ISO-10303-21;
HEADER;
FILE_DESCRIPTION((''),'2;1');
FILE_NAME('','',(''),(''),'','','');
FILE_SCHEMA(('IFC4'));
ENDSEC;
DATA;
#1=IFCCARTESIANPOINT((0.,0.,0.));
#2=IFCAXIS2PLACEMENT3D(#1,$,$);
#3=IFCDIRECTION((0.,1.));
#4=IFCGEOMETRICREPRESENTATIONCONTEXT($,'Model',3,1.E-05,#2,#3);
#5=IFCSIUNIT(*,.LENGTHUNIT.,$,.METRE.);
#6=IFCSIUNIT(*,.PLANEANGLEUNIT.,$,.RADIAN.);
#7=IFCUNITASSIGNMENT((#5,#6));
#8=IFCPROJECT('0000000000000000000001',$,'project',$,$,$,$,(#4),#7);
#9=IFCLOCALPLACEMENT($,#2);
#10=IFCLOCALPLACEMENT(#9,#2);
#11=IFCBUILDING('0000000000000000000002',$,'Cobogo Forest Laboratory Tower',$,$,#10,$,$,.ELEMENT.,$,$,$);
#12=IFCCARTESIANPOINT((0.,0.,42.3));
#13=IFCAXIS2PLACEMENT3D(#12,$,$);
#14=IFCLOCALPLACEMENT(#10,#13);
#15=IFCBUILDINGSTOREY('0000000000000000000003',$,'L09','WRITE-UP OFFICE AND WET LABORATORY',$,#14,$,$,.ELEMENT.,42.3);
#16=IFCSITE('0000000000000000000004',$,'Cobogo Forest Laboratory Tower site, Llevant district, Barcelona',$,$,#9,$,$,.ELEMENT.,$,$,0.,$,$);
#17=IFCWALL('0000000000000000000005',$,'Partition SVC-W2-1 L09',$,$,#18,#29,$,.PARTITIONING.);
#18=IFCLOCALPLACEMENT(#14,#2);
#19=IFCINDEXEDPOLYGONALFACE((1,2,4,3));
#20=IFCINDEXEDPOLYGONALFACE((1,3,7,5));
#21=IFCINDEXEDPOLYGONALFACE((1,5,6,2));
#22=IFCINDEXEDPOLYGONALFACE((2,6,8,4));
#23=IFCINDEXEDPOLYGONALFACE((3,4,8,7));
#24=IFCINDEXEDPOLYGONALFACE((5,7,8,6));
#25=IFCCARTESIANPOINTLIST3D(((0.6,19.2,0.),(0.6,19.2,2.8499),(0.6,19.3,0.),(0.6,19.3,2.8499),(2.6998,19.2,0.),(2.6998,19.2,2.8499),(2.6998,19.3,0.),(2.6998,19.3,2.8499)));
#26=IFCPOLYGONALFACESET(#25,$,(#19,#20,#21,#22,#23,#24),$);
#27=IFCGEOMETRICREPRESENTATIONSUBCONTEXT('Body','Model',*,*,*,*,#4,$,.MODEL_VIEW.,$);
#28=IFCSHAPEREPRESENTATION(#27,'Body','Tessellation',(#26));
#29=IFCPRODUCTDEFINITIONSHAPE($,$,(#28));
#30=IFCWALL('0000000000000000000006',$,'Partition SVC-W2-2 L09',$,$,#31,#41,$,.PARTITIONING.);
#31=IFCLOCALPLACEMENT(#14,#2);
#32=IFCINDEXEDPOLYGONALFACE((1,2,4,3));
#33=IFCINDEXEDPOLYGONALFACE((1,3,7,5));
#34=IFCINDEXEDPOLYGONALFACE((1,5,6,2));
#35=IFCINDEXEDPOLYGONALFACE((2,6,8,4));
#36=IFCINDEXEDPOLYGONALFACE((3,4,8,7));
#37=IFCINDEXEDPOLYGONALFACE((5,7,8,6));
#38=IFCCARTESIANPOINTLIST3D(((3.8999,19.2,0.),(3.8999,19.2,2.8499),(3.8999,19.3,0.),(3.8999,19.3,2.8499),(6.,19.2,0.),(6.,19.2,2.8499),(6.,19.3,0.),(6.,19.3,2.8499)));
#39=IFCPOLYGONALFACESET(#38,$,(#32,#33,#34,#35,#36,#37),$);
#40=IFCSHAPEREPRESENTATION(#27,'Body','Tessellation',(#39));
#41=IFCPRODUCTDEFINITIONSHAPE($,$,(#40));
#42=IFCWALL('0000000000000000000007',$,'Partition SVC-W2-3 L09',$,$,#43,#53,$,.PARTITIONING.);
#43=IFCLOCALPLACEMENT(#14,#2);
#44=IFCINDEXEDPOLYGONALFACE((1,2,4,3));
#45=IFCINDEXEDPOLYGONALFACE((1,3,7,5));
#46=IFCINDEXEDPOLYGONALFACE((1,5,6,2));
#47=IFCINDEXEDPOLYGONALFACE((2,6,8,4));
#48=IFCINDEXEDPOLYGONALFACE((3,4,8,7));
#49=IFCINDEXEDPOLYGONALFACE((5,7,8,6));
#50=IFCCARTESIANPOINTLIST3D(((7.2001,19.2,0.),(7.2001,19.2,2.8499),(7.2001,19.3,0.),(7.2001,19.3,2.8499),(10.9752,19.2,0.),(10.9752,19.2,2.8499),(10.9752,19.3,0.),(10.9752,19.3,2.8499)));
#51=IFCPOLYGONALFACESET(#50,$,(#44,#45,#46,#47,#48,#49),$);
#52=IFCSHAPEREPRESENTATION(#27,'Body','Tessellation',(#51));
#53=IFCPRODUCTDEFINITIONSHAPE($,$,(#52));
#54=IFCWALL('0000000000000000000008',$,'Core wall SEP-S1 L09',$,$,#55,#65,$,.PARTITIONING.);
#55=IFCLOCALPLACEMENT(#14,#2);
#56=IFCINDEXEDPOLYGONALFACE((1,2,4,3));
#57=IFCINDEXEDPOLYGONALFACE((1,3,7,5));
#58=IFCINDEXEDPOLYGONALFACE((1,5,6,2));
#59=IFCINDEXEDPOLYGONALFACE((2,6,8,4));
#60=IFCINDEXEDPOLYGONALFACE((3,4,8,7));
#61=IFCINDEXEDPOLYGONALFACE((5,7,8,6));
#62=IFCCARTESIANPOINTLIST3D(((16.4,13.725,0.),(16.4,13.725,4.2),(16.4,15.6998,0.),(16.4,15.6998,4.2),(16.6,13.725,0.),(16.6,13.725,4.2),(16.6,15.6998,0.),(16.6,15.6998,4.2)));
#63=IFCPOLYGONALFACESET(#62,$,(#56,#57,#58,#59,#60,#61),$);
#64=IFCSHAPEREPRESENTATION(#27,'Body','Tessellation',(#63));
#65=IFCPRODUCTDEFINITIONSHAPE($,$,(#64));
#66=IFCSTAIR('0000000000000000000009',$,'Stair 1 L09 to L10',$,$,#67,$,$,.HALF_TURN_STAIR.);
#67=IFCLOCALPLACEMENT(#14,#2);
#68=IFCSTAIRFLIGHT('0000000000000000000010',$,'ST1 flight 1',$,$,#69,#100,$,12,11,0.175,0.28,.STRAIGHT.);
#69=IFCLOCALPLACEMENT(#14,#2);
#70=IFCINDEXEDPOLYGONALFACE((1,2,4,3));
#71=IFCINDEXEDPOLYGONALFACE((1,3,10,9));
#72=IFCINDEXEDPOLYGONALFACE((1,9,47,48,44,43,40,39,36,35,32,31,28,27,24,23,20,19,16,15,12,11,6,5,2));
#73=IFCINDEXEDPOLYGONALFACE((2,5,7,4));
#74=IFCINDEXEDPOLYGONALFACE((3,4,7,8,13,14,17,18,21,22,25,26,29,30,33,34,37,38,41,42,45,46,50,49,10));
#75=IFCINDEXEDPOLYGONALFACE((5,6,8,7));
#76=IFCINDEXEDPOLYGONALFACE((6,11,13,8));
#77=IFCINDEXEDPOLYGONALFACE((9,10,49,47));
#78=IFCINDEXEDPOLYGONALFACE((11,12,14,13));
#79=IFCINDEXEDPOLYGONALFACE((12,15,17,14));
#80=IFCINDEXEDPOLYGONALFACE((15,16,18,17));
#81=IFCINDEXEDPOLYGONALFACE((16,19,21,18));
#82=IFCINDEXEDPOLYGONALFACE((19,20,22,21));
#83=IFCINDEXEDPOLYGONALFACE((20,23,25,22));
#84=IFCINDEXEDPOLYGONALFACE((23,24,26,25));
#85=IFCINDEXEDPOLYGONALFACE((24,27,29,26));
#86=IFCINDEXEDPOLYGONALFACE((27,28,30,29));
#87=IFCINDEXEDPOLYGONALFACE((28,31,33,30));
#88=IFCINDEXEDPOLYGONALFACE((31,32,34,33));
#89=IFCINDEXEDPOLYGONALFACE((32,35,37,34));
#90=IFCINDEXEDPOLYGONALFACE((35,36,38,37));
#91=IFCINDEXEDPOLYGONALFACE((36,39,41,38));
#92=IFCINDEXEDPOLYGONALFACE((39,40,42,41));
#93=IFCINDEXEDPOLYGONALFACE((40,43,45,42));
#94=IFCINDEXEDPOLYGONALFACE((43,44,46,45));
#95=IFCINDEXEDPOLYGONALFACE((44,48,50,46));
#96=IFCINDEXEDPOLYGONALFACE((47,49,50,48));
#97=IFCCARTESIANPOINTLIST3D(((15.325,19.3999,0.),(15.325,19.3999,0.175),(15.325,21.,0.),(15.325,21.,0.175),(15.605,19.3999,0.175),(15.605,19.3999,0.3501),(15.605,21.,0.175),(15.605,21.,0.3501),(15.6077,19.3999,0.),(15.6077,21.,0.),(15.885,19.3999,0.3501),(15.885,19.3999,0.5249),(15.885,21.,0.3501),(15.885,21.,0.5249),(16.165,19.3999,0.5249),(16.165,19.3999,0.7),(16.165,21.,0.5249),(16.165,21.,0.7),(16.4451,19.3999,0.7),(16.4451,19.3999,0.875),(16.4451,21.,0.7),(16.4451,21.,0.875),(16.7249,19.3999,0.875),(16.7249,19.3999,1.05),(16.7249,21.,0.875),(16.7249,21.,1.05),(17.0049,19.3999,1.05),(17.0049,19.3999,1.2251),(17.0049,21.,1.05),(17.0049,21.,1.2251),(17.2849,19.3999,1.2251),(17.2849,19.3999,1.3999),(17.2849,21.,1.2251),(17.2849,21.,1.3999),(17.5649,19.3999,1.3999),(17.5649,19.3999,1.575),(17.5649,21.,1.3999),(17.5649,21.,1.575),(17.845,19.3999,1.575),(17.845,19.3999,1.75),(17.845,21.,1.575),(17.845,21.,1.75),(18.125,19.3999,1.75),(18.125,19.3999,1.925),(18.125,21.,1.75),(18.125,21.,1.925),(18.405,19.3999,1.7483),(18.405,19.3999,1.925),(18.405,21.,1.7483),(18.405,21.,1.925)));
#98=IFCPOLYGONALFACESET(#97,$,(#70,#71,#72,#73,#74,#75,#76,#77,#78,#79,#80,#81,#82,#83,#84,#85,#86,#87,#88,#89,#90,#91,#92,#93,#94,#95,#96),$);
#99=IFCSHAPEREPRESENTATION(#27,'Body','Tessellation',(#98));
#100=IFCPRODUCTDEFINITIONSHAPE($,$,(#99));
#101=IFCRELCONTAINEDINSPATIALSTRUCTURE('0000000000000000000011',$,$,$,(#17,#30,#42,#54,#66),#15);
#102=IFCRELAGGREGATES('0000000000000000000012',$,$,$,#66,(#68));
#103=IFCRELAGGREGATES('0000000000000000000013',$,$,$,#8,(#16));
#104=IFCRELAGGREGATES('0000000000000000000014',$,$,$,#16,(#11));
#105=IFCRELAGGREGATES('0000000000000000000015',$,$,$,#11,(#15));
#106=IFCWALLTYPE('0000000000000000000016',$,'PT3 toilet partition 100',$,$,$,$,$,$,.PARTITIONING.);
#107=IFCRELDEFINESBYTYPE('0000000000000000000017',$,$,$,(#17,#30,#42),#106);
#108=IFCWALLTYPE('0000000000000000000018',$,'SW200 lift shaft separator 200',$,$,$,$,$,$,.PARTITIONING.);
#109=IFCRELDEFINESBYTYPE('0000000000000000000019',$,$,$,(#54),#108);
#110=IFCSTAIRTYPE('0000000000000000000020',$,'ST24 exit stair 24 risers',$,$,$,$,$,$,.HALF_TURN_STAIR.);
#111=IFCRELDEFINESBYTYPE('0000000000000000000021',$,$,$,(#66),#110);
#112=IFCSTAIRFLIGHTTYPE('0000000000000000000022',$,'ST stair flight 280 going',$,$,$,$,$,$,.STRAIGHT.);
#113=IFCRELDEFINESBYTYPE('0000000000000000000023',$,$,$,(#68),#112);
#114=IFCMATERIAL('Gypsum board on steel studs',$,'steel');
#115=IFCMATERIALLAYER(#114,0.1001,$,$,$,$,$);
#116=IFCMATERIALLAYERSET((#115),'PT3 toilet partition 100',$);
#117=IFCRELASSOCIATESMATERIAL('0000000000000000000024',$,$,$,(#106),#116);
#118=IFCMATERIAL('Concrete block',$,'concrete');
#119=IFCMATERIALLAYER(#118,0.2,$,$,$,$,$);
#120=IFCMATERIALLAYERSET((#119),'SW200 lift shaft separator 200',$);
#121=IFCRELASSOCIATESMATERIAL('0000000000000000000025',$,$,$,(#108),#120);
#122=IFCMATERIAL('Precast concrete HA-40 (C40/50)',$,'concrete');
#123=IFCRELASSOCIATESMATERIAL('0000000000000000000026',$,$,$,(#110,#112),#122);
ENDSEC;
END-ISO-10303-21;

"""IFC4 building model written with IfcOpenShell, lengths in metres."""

from ifc_helpers import new_model, si_unit, direction, frame, frame_2d, origin, place, context, subcontext, project, spatial, polyline, rectangle, outline, extrude, material, layer, layer_set, type_object, element, aggregate, save


model = new_model("IFC4")

# Units and contexts
model_context = context("Model", 3, precision=1e-05, world=origin(), true_north=direction((0.0, 1.0)))
body_context = subcontext(model_context, "Body", "Model", "MODEL_VIEW")
ifc_project = project(units=[si_unit("LENGTHUNIT", "METRE"), si_unit("PLANEANGLEUNIT", "RADIAN")], contexts=[model_context])

# Site, building, storey
site_placement = place(None, origin())
site = spatial("IfcSite", under=ifc_project, at=site_placement, Name="Cobogo Forest Laboratory Tower site, Llevant district, Barcelona", CompositionType="ELEMENT", RefElevation=0.0)
building_placement = place(site_placement, origin())
building = spatial("IfcBuilding", under=site, at=building_placement, Name="Cobogo Forest Laboratory Tower", CompositionType="ELEMENT")
storey_placement = place(building_placement, frame((0.0, 0.0, 42.3)))
storey = spatial("IfcBuildingStorey", under=building, at=storey_placement, Name="L09", Description="WRITE-UP OFFICE AND WET LABORATORY", CompositionType="ELEMENT", Elevation=42.3)

# Walls
ifc_material_1 = material(Name="Gypsum board on steel studs", Category="steel")
ifc_layer_1 = layer(ifc_material_1, 0.1001)
ifc_layer_set_1 = layer_set([ifc_layer_1], Name="PT3 toilet partition 100")
wall_type_1 = type_object("IfcWallType", Name="PT3 toilet partition 100", PredefinedType="PARTITIONING", material=ifc_layer_set_1)
wall_1_placement = place(storey_placement, frame((0.6001, 19.25, 0.0), z_axis=(0.0, 0.0, 1.0), x_axis=(1.0, 0.0, 0.0)))
element("IfcWall", 1, at=wall_1_placement, inside=storey, type_object=wall_type_1, Name="Partition SVC-W2-1 L09", PredefinedType="PARTITIONING", context=body_context, shape_type="SweptSolid", body=[
    extrude(rectangle(XDim=2.0999, YDim=0.1001, at=frame_2d((1.0498, 0.0))), origin(), (0.0, 0.0, 1.0), 2.8499),
])
wall_2_placement = place(storey_placement, frame((3.8999, 19.25, 0.0), z_axis=(0.0, 0.0, 1.0), x_axis=(1.0, 0.0, 0.0)))
element("IfcWall", 2, at=wall_2_placement, inside=storey, type_object=wall_type_1, Name="Partition SVC-W2-2 L09", PredefinedType="PARTITIONING", context=body_context, shape_type="SweptSolid", body=[
    extrude(rectangle(XDim=2.1001, YDim=0.1001, at=frame_2d((1.05, 0.0))), origin(), (0.0, 0.0, 1.0), 2.8499),
])
wall_3_placement = place(storey_placement, frame((7.2, 19.25, 0.0), z_axis=(0.0, 0.0, 1.0), x_axis=(1.0, 0.0, 0.0)))
element("IfcWall", 3, at=wall_3_placement, inside=storey, type_object=wall_type_1, Name="Partition SVC-W2-3 L09", PredefinedType="PARTITIONING", context=body_context, shape_type="SweptSolid", body=[
    extrude(rectangle(XDim=3.7751, YDim=0.1001, at=frame_2d((1.8877, 0.0))), origin(), (0.0, 0.0, 1.0), 2.8499),
])
ifc_material_2 = material(Name="Concrete block", Category="concrete")
ifc_layer_2 = layer(ifc_material_2, 0.2)
ifc_layer_set_2 = layer_set([ifc_layer_2], Name="SW200 lift shaft separator 200")
wall_type_2 = type_object("IfcWallType", Name="SW200 lift shaft separator 200", PredefinedType="PARTITIONING", material=ifc_layer_set_2)
wall_4_placement = place(storey_placement, frame((16.5, 13.7251, 0.0), z_axis=(0.0, 0.0, 1.0), x_axis=(0.0, 1.0, 0.0)))
element("IfcWall", 4, at=wall_4_placement, inside=storey, type_object=wall_type_2, Name="Core wall SEP-S1 L09", PredefinedType="PARTITIONING", context=body_context, shape_type="SweptSolid", body=[
    extrude(rectangle(XDim=1.9749, YDim=0.2, at=frame_2d((0.9873, 0.0))), origin(), (0.0, 0.0, 1.0), 4.2),
])

# Stair, stair flight
ifc_material_3 = material(Name="Precast concrete HA-40 (C40/50)", Category="concrete")
stair_type = type_object("IfcStairType", Name="ST24 exit stair 24 risers", PredefinedType="HALF_TURN_STAIR", material=ifc_material_3)
stair_placement = place(storey_placement, origin())
stair = element("IfcStair", 5, at=stair_placement, inside=storey, type_object=stair_type, Name="Stair 1 L09 to L10", PredefinedType="HALF_TURN_STAIR")
stair_flight_type = type_object("IfcStairFlightType", Name="ST stair flight 280 going", PredefinedType="STRAIGHT", material=ifc_material_3)
stair_flight_placement = place(storey_placement, frame((15.325, 20.2, 0.0), z_axis=(0.0, 0.0, 1.0), x_axis=(1.0, 0.0, 0.0)))
stair_flight = element("IfcStairFlight", 6, at=stair_flight_placement, type_object=stair_flight_type, Name="ST1 flight 1", NumberOfRisers=12, NumberOfTreads=11, PredefinedType="STRAIGHT", RiserHeight=0.175, TreadLength=0.28, context=body_context, shape_type="SweptSolid", body=[
    extrude(outline(polyline([(0.0, 0.0), (0.0, 0.175), (0.28, 0.175), (0.28, 0.3501), (0.5601, 0.3501), (0.5601, 0.5249), (0.8401, 0.5249), (0.8401, 0.7), (1.1201, 0.7), (1.1201, 0.875), (1.3999, 0.875), (1.3999, 1.05), (1.6799, 1.05), (1.6799, 1.2251), (1.96, 1.2251), (1.96, 1.3999), (2.24, 1.3999), (2.24, 1.575), (2.52, 1.575), (2.52, 1.75), (2.8, 1.75), (2.8, 1.925), (3.0801, 1.925), (3.0801, 2.1001), (3.0801, 1.7483), (0.2827, 0.0), (0.0, 0.0)])), frame((0.0, 0.8, 0.0), z_axis=(0.0, -1.0, 0.0), x_axis=(1.0, 0.0, 0.0)), (0.0, 0.0, 1.0), 1.6001),
])
aggregate(stair, [stair_flight])

save(model, "model.ifc")
